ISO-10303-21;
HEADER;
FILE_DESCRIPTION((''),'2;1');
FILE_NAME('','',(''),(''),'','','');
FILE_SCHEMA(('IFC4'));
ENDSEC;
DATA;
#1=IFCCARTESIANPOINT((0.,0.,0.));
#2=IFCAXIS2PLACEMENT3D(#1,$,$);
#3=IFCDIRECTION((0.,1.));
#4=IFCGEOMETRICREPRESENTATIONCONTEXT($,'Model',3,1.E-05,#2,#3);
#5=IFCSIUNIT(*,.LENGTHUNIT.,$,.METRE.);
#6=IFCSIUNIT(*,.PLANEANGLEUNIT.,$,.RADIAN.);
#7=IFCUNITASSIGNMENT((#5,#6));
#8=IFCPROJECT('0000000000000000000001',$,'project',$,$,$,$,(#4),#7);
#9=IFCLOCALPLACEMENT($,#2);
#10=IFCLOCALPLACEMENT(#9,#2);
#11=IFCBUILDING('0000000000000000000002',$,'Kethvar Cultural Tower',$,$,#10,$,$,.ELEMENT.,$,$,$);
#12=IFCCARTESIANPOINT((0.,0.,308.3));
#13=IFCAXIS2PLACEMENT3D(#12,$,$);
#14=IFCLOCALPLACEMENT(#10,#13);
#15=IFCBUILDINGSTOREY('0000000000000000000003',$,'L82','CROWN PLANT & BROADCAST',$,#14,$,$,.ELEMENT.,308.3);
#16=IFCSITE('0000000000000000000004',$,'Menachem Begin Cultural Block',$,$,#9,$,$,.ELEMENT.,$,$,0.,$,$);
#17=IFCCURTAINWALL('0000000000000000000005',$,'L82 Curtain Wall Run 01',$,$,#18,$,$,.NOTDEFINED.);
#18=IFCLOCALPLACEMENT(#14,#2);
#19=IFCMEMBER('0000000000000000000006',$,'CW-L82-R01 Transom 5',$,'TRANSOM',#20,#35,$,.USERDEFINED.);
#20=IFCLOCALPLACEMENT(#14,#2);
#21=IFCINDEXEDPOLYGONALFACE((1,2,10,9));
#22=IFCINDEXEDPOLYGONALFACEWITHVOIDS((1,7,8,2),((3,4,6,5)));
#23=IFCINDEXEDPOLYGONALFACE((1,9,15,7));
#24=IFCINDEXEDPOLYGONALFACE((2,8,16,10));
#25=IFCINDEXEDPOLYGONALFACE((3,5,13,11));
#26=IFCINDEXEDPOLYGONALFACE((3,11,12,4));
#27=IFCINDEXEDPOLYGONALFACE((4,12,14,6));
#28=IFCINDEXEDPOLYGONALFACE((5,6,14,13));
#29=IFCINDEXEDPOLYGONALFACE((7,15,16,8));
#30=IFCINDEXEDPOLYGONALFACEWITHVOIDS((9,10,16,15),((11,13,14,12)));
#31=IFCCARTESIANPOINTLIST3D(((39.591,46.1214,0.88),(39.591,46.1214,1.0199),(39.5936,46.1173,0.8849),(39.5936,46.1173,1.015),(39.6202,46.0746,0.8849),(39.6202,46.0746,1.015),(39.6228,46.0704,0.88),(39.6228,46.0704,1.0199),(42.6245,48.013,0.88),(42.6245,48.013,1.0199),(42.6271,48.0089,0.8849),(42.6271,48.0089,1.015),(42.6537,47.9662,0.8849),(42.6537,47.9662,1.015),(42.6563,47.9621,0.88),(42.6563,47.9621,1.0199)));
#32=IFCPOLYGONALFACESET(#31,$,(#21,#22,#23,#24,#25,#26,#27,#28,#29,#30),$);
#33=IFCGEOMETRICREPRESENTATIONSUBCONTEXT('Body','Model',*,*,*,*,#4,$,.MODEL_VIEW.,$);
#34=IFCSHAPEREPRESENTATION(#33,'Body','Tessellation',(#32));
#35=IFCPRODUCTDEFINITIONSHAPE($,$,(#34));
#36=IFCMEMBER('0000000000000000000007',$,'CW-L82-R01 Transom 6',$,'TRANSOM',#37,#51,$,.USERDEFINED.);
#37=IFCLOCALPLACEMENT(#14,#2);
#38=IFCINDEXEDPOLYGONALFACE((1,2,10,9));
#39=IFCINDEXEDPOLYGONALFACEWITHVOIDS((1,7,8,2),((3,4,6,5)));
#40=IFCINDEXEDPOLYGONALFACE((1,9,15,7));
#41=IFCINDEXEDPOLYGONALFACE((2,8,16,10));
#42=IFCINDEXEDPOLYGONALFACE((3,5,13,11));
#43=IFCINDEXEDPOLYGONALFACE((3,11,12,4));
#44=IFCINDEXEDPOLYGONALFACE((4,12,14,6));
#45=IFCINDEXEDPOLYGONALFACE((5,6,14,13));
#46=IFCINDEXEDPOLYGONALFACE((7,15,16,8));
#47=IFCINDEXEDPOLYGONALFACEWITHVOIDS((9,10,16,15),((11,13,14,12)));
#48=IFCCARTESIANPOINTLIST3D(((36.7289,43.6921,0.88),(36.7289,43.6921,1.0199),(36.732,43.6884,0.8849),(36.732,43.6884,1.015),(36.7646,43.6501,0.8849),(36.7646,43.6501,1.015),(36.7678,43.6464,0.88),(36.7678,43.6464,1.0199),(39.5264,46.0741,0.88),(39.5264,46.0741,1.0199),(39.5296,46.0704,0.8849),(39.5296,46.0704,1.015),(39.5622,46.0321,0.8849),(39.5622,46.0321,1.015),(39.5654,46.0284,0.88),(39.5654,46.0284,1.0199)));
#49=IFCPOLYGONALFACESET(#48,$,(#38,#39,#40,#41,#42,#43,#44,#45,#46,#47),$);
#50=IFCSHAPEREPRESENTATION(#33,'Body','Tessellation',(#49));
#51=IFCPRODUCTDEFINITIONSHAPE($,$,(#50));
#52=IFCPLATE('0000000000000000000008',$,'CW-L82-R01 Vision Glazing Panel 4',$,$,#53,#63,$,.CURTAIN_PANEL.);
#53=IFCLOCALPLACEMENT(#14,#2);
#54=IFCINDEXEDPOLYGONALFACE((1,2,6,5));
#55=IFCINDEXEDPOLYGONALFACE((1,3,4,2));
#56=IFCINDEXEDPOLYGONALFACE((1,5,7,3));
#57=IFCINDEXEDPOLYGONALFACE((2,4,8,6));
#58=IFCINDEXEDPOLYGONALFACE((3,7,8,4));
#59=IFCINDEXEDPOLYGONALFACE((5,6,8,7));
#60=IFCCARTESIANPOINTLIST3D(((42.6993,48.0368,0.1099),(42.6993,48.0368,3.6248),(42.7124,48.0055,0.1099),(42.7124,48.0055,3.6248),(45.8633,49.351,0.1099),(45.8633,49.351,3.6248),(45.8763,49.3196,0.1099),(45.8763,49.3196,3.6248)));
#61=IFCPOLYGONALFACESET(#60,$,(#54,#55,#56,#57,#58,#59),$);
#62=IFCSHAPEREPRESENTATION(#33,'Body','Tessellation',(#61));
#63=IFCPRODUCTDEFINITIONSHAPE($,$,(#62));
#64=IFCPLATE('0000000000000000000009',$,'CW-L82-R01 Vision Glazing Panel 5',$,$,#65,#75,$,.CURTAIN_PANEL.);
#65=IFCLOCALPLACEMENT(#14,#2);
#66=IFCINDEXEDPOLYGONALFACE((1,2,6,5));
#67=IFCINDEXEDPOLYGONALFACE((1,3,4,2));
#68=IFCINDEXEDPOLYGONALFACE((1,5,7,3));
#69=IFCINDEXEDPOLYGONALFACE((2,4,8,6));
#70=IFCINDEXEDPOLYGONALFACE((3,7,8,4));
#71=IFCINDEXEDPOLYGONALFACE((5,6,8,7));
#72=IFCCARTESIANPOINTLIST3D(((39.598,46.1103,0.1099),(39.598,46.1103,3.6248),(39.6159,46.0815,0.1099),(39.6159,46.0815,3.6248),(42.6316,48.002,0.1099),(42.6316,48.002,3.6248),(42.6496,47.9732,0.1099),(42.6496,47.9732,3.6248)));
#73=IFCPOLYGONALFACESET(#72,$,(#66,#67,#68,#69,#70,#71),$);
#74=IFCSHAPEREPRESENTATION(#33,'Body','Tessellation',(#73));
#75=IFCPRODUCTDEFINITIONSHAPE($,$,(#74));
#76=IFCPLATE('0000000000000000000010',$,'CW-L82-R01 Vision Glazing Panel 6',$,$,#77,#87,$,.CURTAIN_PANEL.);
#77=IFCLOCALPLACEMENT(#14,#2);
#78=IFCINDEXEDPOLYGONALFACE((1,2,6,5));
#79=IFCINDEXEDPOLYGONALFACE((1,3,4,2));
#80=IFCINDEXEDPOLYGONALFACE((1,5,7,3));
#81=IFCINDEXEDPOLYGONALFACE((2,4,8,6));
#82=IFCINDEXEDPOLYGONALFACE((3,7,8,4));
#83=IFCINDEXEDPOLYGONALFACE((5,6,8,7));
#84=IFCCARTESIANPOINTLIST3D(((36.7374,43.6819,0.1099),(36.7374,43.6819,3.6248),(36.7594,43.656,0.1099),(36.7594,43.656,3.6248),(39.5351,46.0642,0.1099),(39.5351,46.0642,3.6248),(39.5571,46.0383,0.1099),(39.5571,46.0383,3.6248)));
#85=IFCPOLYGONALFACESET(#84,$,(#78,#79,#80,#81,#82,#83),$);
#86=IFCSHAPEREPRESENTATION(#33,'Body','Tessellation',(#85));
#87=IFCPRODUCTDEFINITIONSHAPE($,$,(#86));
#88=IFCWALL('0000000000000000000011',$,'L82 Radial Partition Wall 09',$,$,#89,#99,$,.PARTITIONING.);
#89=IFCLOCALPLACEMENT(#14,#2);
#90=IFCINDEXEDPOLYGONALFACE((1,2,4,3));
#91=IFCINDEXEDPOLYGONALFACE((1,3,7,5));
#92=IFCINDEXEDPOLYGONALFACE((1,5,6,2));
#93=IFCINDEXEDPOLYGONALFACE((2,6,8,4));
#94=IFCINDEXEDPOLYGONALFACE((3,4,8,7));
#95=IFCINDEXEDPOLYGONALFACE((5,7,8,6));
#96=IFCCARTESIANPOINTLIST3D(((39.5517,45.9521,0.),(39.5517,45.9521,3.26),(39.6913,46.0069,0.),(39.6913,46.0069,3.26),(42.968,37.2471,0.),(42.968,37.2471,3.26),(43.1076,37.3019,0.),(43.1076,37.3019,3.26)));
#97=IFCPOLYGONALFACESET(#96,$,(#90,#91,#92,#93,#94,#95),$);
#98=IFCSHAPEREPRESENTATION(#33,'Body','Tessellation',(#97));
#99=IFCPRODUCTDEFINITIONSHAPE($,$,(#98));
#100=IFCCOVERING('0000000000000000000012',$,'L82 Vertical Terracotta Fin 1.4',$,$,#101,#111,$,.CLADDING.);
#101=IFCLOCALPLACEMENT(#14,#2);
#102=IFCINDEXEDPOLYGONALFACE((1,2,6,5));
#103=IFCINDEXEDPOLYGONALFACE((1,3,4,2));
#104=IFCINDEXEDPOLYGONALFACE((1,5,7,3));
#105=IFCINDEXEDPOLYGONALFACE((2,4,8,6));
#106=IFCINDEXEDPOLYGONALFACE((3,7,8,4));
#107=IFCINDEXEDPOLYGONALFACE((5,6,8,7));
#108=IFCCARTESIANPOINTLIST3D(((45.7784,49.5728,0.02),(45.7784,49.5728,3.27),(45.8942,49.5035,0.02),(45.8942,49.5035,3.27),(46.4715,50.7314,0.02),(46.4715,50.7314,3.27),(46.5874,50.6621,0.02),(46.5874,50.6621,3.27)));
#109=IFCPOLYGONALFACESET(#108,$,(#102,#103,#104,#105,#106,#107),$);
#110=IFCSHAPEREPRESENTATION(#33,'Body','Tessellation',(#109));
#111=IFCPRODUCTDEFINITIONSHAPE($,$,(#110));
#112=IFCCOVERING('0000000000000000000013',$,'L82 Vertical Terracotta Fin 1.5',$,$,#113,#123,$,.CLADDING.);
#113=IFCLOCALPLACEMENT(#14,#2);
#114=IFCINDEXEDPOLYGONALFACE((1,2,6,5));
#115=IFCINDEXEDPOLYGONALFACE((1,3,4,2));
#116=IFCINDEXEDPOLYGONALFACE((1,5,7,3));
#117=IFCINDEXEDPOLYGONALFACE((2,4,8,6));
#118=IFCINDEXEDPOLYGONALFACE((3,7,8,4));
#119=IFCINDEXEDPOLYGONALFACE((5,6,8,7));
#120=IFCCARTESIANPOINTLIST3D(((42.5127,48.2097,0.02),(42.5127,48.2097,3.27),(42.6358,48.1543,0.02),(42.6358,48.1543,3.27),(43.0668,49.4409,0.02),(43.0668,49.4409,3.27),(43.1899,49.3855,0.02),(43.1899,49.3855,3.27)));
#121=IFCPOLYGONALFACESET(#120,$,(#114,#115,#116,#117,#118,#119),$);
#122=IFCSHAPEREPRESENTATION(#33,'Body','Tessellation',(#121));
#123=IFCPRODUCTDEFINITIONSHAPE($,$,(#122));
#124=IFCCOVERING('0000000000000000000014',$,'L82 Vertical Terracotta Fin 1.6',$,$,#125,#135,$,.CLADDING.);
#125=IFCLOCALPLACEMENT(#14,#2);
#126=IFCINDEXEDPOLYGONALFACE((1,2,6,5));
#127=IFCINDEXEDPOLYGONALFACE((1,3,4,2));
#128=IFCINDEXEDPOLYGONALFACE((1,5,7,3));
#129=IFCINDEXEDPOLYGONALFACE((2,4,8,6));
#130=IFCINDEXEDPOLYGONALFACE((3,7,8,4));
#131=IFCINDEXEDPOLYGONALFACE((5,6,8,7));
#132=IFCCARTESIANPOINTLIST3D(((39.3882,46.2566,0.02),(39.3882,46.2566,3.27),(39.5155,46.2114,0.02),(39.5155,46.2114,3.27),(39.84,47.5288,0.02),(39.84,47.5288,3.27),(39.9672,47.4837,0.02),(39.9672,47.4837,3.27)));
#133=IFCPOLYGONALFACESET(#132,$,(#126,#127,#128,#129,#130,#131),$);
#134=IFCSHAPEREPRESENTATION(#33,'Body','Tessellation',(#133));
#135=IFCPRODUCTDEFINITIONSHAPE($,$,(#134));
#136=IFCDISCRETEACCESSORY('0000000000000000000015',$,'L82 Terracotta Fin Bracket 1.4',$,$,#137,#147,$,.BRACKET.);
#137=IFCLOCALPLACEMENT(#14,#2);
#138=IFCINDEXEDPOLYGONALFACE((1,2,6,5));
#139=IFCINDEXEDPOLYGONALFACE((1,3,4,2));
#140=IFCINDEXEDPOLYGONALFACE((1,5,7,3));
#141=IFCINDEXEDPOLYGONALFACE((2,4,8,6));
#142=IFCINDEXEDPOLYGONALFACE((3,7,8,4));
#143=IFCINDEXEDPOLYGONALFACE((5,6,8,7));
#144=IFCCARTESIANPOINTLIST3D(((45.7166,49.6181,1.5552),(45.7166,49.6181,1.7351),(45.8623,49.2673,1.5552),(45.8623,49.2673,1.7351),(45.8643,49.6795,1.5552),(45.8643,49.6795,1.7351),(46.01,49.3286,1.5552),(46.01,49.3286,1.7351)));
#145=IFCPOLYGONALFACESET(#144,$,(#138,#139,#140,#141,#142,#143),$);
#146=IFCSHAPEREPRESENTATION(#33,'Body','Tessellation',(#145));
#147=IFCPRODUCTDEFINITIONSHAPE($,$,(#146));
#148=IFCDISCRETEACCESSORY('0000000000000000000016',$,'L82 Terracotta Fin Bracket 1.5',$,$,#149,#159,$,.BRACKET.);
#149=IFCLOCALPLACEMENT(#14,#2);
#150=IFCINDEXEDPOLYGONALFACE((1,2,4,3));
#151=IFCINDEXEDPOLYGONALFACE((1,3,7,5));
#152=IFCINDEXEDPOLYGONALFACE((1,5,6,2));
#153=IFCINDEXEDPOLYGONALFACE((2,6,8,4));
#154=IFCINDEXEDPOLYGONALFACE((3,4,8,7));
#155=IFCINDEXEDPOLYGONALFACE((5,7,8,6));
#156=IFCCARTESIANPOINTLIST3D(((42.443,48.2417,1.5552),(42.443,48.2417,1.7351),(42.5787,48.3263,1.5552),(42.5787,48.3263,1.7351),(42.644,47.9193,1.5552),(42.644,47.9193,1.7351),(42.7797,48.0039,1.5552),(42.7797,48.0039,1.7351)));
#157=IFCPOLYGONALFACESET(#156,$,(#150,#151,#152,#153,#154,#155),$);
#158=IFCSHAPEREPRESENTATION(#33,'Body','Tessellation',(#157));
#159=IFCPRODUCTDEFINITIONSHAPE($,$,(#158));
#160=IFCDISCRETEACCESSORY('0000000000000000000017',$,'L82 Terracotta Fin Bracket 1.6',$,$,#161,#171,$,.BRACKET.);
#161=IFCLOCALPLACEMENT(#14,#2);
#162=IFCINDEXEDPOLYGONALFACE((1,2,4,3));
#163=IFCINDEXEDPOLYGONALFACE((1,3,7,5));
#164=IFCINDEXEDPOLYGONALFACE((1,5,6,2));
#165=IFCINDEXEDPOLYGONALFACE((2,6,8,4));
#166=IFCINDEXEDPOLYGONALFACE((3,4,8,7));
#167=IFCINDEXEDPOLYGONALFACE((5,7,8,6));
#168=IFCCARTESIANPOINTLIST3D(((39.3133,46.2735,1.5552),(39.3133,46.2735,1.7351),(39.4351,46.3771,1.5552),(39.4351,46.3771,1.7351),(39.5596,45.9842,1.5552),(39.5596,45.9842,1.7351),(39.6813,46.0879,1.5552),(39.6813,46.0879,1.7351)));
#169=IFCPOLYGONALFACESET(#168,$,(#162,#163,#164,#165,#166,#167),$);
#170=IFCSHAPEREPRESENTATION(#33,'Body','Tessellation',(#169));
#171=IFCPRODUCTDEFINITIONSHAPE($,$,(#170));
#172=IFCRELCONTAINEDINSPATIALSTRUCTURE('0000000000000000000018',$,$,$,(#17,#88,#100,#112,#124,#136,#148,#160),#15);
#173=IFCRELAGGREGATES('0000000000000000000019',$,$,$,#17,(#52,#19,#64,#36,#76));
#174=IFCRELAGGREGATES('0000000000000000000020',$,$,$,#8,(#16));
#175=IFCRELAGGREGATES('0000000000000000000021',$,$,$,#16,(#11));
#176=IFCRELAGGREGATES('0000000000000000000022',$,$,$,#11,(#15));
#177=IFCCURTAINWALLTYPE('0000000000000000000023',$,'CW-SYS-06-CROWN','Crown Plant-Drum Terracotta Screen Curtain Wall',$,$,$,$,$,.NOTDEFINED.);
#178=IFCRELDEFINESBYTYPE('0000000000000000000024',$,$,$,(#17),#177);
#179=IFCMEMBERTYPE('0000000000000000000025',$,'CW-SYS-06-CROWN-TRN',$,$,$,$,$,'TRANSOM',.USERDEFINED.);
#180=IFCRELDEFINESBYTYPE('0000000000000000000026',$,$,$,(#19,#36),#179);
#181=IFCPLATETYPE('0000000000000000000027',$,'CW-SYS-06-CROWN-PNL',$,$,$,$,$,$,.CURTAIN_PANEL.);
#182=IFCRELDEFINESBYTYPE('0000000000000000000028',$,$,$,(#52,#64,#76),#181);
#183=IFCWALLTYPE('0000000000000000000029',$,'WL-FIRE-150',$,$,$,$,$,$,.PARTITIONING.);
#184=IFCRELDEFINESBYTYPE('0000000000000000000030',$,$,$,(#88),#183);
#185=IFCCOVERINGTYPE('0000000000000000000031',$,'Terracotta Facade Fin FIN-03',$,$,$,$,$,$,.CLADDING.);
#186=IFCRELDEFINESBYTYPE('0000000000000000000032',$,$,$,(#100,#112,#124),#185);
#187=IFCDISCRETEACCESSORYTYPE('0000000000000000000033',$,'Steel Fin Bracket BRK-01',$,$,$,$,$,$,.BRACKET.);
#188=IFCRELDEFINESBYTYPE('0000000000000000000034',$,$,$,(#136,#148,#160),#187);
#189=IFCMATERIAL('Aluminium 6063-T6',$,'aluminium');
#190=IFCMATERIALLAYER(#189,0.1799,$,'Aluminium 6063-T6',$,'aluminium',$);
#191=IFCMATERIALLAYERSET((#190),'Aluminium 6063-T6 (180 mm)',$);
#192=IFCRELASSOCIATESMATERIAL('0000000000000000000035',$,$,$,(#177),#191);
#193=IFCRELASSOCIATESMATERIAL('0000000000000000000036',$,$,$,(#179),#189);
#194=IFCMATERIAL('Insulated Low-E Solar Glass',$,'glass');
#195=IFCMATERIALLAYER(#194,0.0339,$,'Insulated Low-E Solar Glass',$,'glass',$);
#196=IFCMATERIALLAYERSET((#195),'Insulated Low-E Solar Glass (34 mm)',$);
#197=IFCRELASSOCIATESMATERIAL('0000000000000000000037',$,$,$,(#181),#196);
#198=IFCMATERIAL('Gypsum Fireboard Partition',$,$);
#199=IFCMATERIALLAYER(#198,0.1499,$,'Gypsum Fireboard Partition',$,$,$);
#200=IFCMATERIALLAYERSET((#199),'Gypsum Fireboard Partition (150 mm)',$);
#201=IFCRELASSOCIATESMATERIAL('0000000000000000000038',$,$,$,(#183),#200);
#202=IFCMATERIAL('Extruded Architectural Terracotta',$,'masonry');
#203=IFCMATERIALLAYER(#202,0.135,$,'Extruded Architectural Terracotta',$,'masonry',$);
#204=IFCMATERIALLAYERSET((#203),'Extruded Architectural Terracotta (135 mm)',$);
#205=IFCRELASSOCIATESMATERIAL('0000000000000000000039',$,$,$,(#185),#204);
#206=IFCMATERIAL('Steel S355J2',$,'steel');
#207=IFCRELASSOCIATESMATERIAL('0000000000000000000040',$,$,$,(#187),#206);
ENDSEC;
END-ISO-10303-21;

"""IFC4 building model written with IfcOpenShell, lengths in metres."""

from ifc_helpers import new_model, si_unit, direction, frame, frame_2d, origin, origin_2d, place, context, subcontext, project, spatial, rectangle, hollow_rectangle, extrude, source, transform, mapped, material, layer, layer_set, material_profile, profile_set, type_object, element, aggregate, save


model = new_model("IFC4")

# Units and contexts
model_context = context("Model", 3, precision=1e-05, world=origin(), true_north=direction((0.0, 1.0)))
body_context = subcontext(model_context, "Body", "Model", "MODEL_VIEW")
ifc_project = project(units=[si_unit("LENGTHUNIT", "METRE"), si_unit("PLANEANGLEUNIT", "RADIAN")], contexts=[model_context])

# Site, building, storey
site_placement = place(None, origin())
site = spatial("IfcSite", under=ifc_project, at=site_placement, Name="Menachem Begin Cultural Block", CompositionType="ELEMENT", RefElevation=0.0)
building_placement = place(site_placement, origin())
building = spatial("IfcBuilding", under=site, at=building_placement, Name="Kethvar Cultural Tower", CompositionType="ELEMENT")
storey_placement = place(building_placement, frame((0.0, 0.0, 308.3)))
storey = spatial("IfcBuildingStorey", under=building, at=storey_placement, Name="L82", Description="CROWN PLANT & BROADCAST", CompositionType="ELEMENT", Elevation=308.3)

# Shared definitions
ifc_material_1 = material(Name="Steel S355J2", Category="steel")

# Curtain wall, members, plates
ifc_material_2 = material(Name="Aluminium 6063-T6", Category="aluminium")
ifc_layer_1 = layer(ifc_material_2, 0.1799, Name="Aluminium 6063-T6", Category="aluminium")
ifc_layer_set_1 = layer_set([ifc_layer_1], Name="Aluminium 6063-T6 (180 mm)")
curtain_wall_type = type_object("IfcCurtainWallType", Name="CW-SYS-06-CROWN", Description="Crown Plant-Drum Terracotta Screen Curtain Wall", PredefinedType="NOTDEFINED", material=ifc_layer_set_1)
curtain_wall_placement = place(storey_placement, origin())
curtain_wall = element("IfcCurtainWall", 1, at=curtain_wall_placement, inside=storey, type_object=curtain_wall_type, Name="L82 Curtain Wall Run 01", PredefinedType="NOTDEFINED")
ifc_material_profile_1 = material_profile(ifc_material_2, hollow_rectangle(XDim=0.0601, YDim=0.1399, WallThickness=0.0049, at=origin_2d()), Name="Aluminium 6063-T6 — RHS140x60x5")
ifc_profile_set_1 = profile_set([ifc_material_profile_1], Name="Aluminium 6063-T6 — RHS140x60x5")
member_type_1 = type_object("IfcMemberType", Name="CW-SYS-06-CROWN-TRN", ElementType="TRANSOM", PredefinedType="USERDEFINED", material=ifc_profile_set_1)
shared_shape_1 = source(origin(), body_context, "Body", "SweptSolid", [
    extrude(hollow_rectangle(XDim=0.0601, YDim=0.1399, WallThickness=0.0049, at=origin_2d()), origin(), (0.0, 0.0, 1.0), 3.575),
])
member_1_placement = place(storey_placement, frame((42.6404, 47.9875, 0.95), z_axis=(-0.848539, -0.529133, 0.0), x_axis=(0.529133, -0.848539, 0.0)))
member_1 = element("IfcMember", 2, at=member_1_placement, type_object=member_type_1, Name="CW-L82-R01 Transom 5", ObjectType="TRANSOM", PredefinedType="USERDEFINED", context=body_context, shape_type="MappedRepresentation", body=[
    mapped(shared_shape_1, transform((0.0, 0.0, 0.0), scale=1.0)),
])
shared_shape_2 = source(origin(), body_context, "Body", "SweptSolid", [
    extrude(hollow_rectangle(XDim=0.0601, YDim=0.1399, WallThickness=0.0049, at=origin_2d()), origin(), (0.0, 0.0, 1.0), 3.6743),
])
member_2_placement = place(storey_placement, frame((39.5459, 46.0513, 0.95), z_axis=(-0.761387, -0.648298, 0.0), x_axis=(0.648298, -0.761387, 0.0)))
member_2 = element("IfcMember", 3, at=member_2_placement, type_object=member_type_1, Name="CW-L82-R01 Transom 6", ObjectType="TRANSOM", PredefinedType="USERDEFINED", context=body_context, shape_type="MappedRepresentation", body=[
    mapped(shared_shape_2, transform((0.0, 0.0, 0.0), scale=1.0)),
])
ifc_material_3 = material(Name="Insulated Low-E Solar Glass", Category="glass")
ifc_layer_2 = layer(ifc_material_3, 0.0339, Name="Insulated Low-E Solar Glass", Category="glass")
ifc_layer_set_2 = layer_set([ifc_layer_2], Name="Insulated Low-E Solar Glass (34 mm)")
plate_type = type_object("IfcPlateType", Name="CW-SYS-06-CROWN-PNL", PredefinedType="CURTAIN_PANEL", material=ifc_layer_set_2)
shared_shape_3 = source(origin(), body_context, "Body", "SweptSolid", [
    extrude(rectangle(XDim=3.426, YDim=0.0339, at=origin_2d()), origin(), (0.0, 0.0, 1.0), 3.5149),
])
plate_1_placement = place(storey_placement, frame((44.2878, 48.6782, 0.1099), z_axis=(0.0, 0.0, 1.0), x_axis=(-0.923512, -0.38357, 0.0)))
plate_1 = element("IfcPlate", 4, at=plate_1_placement, type_object=plate_type, Name="CW-L82-R01 Vision Glazing Panel 4", PredefinedType="CURTAIN_PANEL", context=body_context, shape_type="MappedRepresentation", body=[
    mapped(shared_shape_3, transform((0.0, 0.0, 0.0), scale=1.0)),
])
shared_shape_4 = source(origin(), body_context, "Body", "SweptSolid", [
    extrude(rectangle(XDim=3.5752, YDim=0.0339, at=origin_2d()), origin(), (0.0, 0.0, 1.0), 3.5149),
])
plate_2_placement = place(storey_placement, frame((41.1238, 47.0417, 0.1099), z_axis=(0.0, 0.0, 1.0), x_axis=(-0.848538, -0.529135, 0.0)))
plate_2 = element("IfcPlate", 5, at=plate_2_placement, type_object=plate_type, Name="CW-L82-R01 Vision Glazing Panel 5", PredefinedType="CURTAIN_PANEL", context=body_context, shape_type="MappedRepresentation", body=[
    mapped(shared_shape_4, transform((0.0, 0.0, 0.0), scale=1.0)),
])
shared_shape_5 = source(origin(), body_context, "Body", "SweptSolid", [
    extrude(rectangle(XDim=3.6746, YDim=0.0339, at=origin_2d()), origin(), (0.0, 0.0, 1.0), 3.5149),
])
plate_3_placement = place(storey_placement, frame((38.1472, 44.8601, 0.1099), z_axis=(0.0, 0.0, 1.0), x_axis=(-0.761369, -0.648319, 0.0)))
plate_3 = element("IfcPlate", 6, at=plate_3_placement, type_object=plate_type, Name="CW-L82-R01 Vision Glazing Panel 6", PredefinedType="CURTAIN_PANEL", context=body_context, shape_type="MappedRepresentation", body=[
    mapped(shared_shape_5, transform((0.0, 0.0, 0.0), scale=1.0)),
])
aggregate(curtain_wall, [plate_1, member_1, plate_2, member_2, plate_3])

# Wall
ifc_material_4 = material(Name="Gypsum Fireboard Partition")
ifc_layer_3 = layer(ifc_material_4, 0.1499, Name="Gypsum Fireboard Partition")
ifc_layer_set_3 = layer_set([ifc_layer_3], Name="Gypsum Fireboard Partition (150 mm)")
wall_type = type_object("IfcWallType", Name="WL-FIRE-150", PredefinedType="PARTITIONING", material=ifc_layer_set_3)
wall_placement = place(storey_placement, frame((43.0378, 37.2744, 0.0), z_axis=(0.0, 0.0, 1.0), x_axis=(-0.365328, 0.930879, 0.0)))
element("IfcWall", 7, at=wall_placement, inside=storey, type_object=wall_type, Name="L82 Radial Partition Wall 09", PredefinedType="PARTITIONING", context=body_context, shape_type="SweptSolid", body=[
    extrude(rectangle(XDim=9.3513, YDim=0.1499, at=frame_2d((4.6758, 0.0))), origin(), (0.0, 0.0, 1.0), 3.26),
])

# Coverings
ifc_material_5 = material(Name="Extruded Architectural Terracotta", Category="masonry")
ifc_layer_4 = layer(ifc_material_5, 0.135, Name="Extruded Architectural Terracotta", Category="masonry")
ifc_layer_set_4 = layer_set([ifc_layer_4], Name="Extruded Architectural Terracotta (135 mm)")
covering_type = type_object("IfcCoveringType", Name="Terracotta Facade Fin FIN-03", PredefinedType="CLADDING", material=ifc_layer_set_4)
shared_shape_6 = source(origin(), body_context, "Body", "SweptSolid", [
    extrude(rectangle(XDim=1.3501, YDim=0.135, at=origin_2d()), origin(), (0.0, 0.0, 1.0), 3.25),
])
for number, where, z_axis, x_axis, name in (
    (8, (46.1829, 50.1174, 0.02), (0.0, 0.0, 1.0), (0.513391, 0.858155, 0.0), "L82 Vertical Terracotta Fin 1.4"),
    (9, (42.8513, 48.7976, 0.02), (0.0, 0.0, 1.0), (0.410401, 0.911905, 0.0), "L82 Vertical Terracotta Fin 1.5"),
    (10, (39.6777, 46.8701, 0.02), (0.0, 0.0, 1.0), (0.334629, 0.94235, 0.0), "L82 Vertical Terracotta Fin 1.6"),
):
    element("IfcCovering", number, at=place(storey_placement, frame(where, z_axis=z_axis, x_axis=x_axis)), inside=storey, type_object=covering_type, Name=name, PredefinedType="CLADDING", context=body_context, shape_type="MappedRepresentation", body=[
        mapped(shared_shape_6, transform((0.0, 0.0, 0.0), scale=1.0)),
    ])

# Discrete accessories
discrete_accessory_type = type_object("IfcDiscreteAccessoryType", Name="Steel Fin Bracket BRK-01", PredefinedType="BRACKET", material=ifc_material_1)
shared_shape_7 = source(origin(), body_context, "Body", "SweptSolid", [
    extrude(rectangle(XDim=0.3799, YDim=0.1599, at=origin_2d()), origin(), (0.0, 0.0, 1.0), 0.1799),
])
for number, where, z_axis, x_axis, name in (
    (11, (45.8633, 49.4734, 1.5552), (0.0, 0.0, 1.0), (-0.38349, 0.923545, 0.0), "L82 Terracotta Fin Bracket 1.4"),
    (12, (42.6113, 48.1228, 1.5552), (0.0, 0.0, 1.0), (-0.529179, 0.84851, 0.0), "L82 Terracotta Fin Bracket 1.5"),
    (13, (39.4973, 46.1807, 1.5552), (0.0, 0.0, 1.0), (-0.648253, 0.761425, 0.0), "L82 Terracotta Fin Bracket 1.6"),
):
    element("IfcDiscreteAccessory", number, at=place(storey_placement, frame(where, z_axis=z_axis, x_axis=x_axis)), inside=storey, type_object=discrete_accessory_type, Name=name, PredefinedType="BRACKET", context=body_context, shape_type="MappedRepresentation", body=[
        mapped(shared_shape_7, transform((0.0, 0.0, 0.0), scale=1.0)),
    ])

save(model, "model.ifc")
